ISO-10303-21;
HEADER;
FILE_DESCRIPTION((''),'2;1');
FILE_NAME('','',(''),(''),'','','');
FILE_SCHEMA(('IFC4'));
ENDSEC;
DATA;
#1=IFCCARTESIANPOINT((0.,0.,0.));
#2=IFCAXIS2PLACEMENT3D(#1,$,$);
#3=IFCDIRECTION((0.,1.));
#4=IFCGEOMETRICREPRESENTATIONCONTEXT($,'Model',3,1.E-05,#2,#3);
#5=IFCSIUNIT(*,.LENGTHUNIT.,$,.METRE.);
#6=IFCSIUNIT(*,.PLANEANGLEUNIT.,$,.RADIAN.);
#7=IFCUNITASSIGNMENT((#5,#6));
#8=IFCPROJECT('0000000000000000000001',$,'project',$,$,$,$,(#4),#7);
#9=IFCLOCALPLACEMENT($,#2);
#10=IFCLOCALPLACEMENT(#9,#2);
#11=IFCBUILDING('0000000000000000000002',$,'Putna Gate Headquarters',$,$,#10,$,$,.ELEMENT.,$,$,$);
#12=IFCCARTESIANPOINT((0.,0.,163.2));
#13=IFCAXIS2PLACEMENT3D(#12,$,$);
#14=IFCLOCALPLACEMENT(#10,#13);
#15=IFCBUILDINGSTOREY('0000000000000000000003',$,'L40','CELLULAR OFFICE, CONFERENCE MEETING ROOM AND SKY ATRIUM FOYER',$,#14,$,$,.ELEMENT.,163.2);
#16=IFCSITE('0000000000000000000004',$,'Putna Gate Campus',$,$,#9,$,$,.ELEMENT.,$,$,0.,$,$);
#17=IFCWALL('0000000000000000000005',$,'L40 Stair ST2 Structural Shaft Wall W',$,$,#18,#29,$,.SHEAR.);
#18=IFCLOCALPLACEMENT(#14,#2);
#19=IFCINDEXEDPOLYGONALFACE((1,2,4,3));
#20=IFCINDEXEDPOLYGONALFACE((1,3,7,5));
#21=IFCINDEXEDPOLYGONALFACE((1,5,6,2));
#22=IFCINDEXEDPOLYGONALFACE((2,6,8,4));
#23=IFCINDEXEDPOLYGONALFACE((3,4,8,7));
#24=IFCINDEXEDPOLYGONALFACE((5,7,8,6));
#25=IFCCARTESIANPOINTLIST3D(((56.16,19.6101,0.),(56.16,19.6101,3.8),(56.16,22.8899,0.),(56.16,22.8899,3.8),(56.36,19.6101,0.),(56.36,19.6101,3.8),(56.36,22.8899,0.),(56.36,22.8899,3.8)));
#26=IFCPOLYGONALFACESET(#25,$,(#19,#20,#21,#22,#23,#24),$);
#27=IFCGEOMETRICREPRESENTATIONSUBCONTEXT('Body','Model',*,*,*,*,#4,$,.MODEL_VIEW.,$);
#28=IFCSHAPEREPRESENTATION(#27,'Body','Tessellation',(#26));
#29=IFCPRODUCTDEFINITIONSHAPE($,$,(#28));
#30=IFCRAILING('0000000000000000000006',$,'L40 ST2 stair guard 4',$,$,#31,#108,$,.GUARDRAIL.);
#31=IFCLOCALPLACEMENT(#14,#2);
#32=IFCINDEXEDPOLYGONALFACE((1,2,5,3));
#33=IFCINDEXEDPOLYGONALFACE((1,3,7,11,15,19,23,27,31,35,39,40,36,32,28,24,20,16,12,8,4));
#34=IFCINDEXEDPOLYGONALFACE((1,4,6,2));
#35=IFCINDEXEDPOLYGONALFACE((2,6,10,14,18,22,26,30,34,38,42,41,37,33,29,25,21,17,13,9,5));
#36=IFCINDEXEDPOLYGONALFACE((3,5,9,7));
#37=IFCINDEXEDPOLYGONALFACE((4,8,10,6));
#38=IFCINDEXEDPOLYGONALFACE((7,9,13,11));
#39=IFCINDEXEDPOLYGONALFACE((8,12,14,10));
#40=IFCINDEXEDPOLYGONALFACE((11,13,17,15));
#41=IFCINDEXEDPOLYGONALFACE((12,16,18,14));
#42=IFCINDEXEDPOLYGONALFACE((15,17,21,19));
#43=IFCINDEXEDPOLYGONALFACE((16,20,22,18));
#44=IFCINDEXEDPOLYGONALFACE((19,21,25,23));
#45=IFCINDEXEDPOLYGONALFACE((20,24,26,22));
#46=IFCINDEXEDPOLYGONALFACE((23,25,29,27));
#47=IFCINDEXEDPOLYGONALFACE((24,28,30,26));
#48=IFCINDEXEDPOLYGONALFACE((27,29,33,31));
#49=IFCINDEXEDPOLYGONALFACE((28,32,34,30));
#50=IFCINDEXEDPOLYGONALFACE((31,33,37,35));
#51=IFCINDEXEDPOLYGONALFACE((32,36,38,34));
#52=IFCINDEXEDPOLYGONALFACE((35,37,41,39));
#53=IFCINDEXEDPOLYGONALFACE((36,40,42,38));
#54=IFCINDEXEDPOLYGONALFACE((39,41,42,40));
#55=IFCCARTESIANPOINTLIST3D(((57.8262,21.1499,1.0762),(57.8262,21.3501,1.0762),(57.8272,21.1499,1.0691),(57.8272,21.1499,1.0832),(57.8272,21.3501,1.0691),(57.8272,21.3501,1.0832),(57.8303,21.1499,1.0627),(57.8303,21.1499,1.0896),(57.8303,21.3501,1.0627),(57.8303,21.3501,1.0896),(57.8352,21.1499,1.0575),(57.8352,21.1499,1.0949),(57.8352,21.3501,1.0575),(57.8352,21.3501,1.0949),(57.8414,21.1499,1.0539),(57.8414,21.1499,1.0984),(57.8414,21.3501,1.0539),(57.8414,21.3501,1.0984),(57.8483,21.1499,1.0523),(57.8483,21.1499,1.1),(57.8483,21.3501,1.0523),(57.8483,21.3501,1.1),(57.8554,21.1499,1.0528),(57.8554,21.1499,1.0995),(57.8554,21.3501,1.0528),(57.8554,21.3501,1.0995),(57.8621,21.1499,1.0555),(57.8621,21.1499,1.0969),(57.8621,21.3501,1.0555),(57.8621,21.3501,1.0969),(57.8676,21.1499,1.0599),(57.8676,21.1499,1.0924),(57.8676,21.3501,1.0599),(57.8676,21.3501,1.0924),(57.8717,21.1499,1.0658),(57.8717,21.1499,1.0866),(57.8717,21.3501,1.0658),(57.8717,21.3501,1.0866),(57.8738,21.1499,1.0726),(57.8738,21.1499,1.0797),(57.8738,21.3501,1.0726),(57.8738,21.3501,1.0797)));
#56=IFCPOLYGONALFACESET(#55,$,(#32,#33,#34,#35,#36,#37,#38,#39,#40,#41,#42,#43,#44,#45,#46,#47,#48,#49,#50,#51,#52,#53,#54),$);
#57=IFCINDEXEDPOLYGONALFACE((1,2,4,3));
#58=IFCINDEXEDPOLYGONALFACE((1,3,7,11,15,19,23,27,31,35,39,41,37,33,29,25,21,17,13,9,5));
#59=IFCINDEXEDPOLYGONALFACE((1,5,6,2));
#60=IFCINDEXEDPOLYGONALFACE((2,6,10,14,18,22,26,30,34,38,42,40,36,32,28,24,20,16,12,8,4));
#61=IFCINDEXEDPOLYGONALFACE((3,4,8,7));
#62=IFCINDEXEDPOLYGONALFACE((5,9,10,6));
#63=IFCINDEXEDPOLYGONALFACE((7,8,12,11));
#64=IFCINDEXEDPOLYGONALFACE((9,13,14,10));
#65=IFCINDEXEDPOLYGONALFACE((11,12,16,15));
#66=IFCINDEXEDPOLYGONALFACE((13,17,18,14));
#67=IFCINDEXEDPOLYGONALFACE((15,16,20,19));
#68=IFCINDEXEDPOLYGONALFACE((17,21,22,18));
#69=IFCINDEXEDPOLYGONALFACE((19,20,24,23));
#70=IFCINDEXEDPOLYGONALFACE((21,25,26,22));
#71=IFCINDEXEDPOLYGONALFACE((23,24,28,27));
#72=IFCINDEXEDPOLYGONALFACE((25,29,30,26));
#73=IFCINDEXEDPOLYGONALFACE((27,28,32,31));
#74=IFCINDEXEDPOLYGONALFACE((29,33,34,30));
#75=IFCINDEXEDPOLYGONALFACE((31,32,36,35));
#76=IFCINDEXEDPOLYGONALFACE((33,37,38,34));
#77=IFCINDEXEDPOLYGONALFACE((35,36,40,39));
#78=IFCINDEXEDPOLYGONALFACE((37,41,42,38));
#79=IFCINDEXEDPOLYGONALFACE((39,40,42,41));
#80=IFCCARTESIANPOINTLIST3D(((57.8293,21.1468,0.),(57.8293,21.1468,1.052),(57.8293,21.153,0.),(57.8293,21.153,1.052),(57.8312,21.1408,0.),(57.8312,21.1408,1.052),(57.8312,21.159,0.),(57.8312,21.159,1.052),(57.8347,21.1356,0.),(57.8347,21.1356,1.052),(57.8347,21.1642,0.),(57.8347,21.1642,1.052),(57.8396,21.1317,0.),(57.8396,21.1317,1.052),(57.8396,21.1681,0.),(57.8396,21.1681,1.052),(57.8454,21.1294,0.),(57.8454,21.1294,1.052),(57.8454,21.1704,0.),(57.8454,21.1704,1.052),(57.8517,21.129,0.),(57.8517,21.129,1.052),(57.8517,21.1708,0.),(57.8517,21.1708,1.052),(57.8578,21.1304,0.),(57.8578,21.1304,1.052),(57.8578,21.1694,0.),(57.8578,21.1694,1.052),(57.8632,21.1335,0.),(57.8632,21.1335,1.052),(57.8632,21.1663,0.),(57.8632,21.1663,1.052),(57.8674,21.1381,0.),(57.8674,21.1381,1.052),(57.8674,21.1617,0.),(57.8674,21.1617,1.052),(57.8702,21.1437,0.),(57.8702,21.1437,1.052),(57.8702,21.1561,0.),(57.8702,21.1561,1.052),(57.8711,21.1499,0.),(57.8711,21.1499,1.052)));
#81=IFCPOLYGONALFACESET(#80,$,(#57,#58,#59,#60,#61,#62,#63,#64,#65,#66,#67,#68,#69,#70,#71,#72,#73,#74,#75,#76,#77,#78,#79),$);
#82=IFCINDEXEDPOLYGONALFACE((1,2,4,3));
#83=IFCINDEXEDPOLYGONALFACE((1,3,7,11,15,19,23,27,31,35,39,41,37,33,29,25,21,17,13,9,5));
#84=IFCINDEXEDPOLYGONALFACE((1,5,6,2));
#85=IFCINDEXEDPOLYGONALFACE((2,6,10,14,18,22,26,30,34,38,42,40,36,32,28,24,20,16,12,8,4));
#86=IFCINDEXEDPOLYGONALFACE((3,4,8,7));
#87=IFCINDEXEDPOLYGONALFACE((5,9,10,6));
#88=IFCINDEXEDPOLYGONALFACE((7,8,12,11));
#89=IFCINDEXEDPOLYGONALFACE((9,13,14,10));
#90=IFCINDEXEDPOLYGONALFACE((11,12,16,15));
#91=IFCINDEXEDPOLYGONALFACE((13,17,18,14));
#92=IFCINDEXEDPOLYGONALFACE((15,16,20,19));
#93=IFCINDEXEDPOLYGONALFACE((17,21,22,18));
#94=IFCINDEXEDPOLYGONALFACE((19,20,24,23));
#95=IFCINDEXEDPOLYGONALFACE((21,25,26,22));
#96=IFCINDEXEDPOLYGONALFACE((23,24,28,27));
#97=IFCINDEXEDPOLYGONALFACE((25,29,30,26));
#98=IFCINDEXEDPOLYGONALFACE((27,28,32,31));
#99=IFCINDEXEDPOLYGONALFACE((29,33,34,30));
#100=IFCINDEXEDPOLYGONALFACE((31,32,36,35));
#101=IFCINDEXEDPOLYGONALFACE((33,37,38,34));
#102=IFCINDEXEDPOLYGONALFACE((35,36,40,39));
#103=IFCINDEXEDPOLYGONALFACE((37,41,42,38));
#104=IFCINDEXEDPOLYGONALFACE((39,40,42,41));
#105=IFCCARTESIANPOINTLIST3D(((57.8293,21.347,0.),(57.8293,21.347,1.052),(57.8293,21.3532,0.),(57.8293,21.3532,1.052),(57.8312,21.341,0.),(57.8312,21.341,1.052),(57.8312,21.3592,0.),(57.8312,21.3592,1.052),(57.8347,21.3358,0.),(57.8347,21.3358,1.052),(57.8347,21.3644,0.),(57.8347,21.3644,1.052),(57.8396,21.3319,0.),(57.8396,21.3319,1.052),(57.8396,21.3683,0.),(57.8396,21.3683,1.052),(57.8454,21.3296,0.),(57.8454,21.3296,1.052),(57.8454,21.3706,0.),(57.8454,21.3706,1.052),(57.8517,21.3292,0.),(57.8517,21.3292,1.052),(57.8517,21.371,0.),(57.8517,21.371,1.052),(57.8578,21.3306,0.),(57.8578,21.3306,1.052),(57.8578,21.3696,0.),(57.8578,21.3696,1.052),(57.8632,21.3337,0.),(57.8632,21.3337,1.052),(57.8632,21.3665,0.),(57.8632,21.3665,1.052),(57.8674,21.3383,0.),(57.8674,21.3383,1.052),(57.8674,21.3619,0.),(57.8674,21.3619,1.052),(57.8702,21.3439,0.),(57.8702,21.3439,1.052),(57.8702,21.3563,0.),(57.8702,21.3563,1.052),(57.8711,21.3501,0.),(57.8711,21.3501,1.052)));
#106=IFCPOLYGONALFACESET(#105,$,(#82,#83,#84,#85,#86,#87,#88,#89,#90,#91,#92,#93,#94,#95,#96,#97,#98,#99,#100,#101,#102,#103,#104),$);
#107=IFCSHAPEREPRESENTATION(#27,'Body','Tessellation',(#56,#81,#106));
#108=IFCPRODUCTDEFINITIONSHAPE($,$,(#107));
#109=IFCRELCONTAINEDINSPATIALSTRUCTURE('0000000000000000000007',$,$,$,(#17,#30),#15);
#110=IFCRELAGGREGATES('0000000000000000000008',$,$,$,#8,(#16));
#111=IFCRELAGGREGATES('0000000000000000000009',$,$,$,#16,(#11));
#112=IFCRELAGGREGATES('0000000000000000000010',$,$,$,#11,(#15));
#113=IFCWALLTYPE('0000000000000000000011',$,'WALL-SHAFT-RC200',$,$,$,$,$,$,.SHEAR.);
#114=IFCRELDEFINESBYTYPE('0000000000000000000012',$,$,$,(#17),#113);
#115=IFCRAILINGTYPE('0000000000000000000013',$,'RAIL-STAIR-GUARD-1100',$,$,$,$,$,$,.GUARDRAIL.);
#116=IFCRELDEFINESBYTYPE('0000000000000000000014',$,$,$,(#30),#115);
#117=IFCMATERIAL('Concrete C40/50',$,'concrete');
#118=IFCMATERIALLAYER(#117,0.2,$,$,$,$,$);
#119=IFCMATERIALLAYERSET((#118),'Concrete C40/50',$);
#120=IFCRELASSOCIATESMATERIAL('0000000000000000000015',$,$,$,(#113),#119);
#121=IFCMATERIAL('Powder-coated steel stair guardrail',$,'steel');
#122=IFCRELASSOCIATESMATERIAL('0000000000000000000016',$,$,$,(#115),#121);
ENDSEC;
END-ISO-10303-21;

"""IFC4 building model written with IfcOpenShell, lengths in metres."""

from ifc_helpers import new_model, si_unit, direction, frame, frame_2d, origin, origin_2d, place, context, subcontext, project, spatial, rectangle, circle, extrude, material, layer, layer_set, type_object, element, save


model = new_model("IFC4")

# Units and contexts
model_context = context("Model", 3, precision=1e-05, world=origin(), true_north=direction((0.0, 1.0)))
body_context = subcontext(model_context, "Body", "Model", "MODEL_VIEW")
ifc_project = project(units=[si_unit("LENGTHUNIT", "METRE"), si_unit("PLANEANGLEUNIT", "RADIAN")], contexts=[model_context])

# Site, building, storey
site_placement = place(None, origin())
site = spatial("IfcSite", under=ifc_project, at=site_placement, Name="Putna Gate Campus", CompositionType="ELEMENT", RefElevation=0.0)
building_placement = place(site_placement, origin())
building = spatial("IfcBuilding", under=site, at=building_placement, Name="Putna Gate Headquarters", CompositionType="ELEMENT")
storey_placement = place(building_placement, frame((0.0, 0.0, 163.2)))
storey = spatial("IfcBuildingStorey", under=building, at=storey_placement, Name="L40", Description="CELLULAR OFFICE, CONFERENCE MEETING ROOM AND SKY ATRIUM FOYER", CompositionType="ELEMENT", Elevation=163.2)

# Shared definitions
ifc_material_1 = material(Name="Concrete C40/50", Category="concrete")

# Shared definitions
ifc_layer_1 = layer(ifc_material_1, 0.2)
ifc_layer_set_1 = layer_set([ifc_layer_1], Name="Concrete C40/50")
wall_type_1 = type_object("IfcWallType", Name="WALL-SHAFT-RC200", PredefinedType="SHEAR", material=ifc_layer_set_1)

# Wall
wall_1_placement = place(storey_placement, frame((56.26, 19.6101, 0.0), z_axis=(0.0, 0.0, 1.0), x_axis=(0.0, 1.0, 0.0)))
element("IfcWall", 1, at=wall_1_placement, inside=storey, type_object=wall_type_1, Name="L40 Stair ST2 Structural Shaft Wall W", PredefinedType="SHEAR", context=body_context, shape_type="SweptSolid", body=[
    extrude(rectangle(XDim=3.2798, YDim=0.2, at=frame_2d((1.6399, 0.0))), origin(), (0.0, 0.0, 1.0), 3.8),
])

# Railing
ifc_material_2 = material(Name="Powder-coated steel stair guardrail", Category="steel")
railing_type = type_object("IfcRailingType", Name="RAIL-STAIR-GUARD-1100", PredefinedType="GUARDRAIL", material=ifc_material_2)
railing_placement = place(storey_placement, frame((57.8501, 21.1499, 0.0)))
element("IfcRailing", 2, at=railing_placement, inside=storey, type_object=railing_type, Name="L40 ST2 stair guard 4", PredefinedType="GUARDRAIL", context=body_context, shape_type="SweptSolid", body=[
    extrude(circle(Radius=0.0239, at=origin_2d()), frame((0.0, 0.0, 1.0762), z_axis=(0.0, 1.0, 0.0), x_axis=(-1.0, 0.0, 0.0)), (0.0, 0.0, 1.0), 0.2002),
    extrude(circle(Radius=0.021, at=origin_2d()), origin(), (0.0, 0.0, 1.0), 1.052),
    extrude(circle(Radius=0.021, at=origin_2d()), frame((0.0, 0.2002, 0.0)), (0.0, 0.0, 1.0), 1.052),
])

save(model, "model.ifc")
